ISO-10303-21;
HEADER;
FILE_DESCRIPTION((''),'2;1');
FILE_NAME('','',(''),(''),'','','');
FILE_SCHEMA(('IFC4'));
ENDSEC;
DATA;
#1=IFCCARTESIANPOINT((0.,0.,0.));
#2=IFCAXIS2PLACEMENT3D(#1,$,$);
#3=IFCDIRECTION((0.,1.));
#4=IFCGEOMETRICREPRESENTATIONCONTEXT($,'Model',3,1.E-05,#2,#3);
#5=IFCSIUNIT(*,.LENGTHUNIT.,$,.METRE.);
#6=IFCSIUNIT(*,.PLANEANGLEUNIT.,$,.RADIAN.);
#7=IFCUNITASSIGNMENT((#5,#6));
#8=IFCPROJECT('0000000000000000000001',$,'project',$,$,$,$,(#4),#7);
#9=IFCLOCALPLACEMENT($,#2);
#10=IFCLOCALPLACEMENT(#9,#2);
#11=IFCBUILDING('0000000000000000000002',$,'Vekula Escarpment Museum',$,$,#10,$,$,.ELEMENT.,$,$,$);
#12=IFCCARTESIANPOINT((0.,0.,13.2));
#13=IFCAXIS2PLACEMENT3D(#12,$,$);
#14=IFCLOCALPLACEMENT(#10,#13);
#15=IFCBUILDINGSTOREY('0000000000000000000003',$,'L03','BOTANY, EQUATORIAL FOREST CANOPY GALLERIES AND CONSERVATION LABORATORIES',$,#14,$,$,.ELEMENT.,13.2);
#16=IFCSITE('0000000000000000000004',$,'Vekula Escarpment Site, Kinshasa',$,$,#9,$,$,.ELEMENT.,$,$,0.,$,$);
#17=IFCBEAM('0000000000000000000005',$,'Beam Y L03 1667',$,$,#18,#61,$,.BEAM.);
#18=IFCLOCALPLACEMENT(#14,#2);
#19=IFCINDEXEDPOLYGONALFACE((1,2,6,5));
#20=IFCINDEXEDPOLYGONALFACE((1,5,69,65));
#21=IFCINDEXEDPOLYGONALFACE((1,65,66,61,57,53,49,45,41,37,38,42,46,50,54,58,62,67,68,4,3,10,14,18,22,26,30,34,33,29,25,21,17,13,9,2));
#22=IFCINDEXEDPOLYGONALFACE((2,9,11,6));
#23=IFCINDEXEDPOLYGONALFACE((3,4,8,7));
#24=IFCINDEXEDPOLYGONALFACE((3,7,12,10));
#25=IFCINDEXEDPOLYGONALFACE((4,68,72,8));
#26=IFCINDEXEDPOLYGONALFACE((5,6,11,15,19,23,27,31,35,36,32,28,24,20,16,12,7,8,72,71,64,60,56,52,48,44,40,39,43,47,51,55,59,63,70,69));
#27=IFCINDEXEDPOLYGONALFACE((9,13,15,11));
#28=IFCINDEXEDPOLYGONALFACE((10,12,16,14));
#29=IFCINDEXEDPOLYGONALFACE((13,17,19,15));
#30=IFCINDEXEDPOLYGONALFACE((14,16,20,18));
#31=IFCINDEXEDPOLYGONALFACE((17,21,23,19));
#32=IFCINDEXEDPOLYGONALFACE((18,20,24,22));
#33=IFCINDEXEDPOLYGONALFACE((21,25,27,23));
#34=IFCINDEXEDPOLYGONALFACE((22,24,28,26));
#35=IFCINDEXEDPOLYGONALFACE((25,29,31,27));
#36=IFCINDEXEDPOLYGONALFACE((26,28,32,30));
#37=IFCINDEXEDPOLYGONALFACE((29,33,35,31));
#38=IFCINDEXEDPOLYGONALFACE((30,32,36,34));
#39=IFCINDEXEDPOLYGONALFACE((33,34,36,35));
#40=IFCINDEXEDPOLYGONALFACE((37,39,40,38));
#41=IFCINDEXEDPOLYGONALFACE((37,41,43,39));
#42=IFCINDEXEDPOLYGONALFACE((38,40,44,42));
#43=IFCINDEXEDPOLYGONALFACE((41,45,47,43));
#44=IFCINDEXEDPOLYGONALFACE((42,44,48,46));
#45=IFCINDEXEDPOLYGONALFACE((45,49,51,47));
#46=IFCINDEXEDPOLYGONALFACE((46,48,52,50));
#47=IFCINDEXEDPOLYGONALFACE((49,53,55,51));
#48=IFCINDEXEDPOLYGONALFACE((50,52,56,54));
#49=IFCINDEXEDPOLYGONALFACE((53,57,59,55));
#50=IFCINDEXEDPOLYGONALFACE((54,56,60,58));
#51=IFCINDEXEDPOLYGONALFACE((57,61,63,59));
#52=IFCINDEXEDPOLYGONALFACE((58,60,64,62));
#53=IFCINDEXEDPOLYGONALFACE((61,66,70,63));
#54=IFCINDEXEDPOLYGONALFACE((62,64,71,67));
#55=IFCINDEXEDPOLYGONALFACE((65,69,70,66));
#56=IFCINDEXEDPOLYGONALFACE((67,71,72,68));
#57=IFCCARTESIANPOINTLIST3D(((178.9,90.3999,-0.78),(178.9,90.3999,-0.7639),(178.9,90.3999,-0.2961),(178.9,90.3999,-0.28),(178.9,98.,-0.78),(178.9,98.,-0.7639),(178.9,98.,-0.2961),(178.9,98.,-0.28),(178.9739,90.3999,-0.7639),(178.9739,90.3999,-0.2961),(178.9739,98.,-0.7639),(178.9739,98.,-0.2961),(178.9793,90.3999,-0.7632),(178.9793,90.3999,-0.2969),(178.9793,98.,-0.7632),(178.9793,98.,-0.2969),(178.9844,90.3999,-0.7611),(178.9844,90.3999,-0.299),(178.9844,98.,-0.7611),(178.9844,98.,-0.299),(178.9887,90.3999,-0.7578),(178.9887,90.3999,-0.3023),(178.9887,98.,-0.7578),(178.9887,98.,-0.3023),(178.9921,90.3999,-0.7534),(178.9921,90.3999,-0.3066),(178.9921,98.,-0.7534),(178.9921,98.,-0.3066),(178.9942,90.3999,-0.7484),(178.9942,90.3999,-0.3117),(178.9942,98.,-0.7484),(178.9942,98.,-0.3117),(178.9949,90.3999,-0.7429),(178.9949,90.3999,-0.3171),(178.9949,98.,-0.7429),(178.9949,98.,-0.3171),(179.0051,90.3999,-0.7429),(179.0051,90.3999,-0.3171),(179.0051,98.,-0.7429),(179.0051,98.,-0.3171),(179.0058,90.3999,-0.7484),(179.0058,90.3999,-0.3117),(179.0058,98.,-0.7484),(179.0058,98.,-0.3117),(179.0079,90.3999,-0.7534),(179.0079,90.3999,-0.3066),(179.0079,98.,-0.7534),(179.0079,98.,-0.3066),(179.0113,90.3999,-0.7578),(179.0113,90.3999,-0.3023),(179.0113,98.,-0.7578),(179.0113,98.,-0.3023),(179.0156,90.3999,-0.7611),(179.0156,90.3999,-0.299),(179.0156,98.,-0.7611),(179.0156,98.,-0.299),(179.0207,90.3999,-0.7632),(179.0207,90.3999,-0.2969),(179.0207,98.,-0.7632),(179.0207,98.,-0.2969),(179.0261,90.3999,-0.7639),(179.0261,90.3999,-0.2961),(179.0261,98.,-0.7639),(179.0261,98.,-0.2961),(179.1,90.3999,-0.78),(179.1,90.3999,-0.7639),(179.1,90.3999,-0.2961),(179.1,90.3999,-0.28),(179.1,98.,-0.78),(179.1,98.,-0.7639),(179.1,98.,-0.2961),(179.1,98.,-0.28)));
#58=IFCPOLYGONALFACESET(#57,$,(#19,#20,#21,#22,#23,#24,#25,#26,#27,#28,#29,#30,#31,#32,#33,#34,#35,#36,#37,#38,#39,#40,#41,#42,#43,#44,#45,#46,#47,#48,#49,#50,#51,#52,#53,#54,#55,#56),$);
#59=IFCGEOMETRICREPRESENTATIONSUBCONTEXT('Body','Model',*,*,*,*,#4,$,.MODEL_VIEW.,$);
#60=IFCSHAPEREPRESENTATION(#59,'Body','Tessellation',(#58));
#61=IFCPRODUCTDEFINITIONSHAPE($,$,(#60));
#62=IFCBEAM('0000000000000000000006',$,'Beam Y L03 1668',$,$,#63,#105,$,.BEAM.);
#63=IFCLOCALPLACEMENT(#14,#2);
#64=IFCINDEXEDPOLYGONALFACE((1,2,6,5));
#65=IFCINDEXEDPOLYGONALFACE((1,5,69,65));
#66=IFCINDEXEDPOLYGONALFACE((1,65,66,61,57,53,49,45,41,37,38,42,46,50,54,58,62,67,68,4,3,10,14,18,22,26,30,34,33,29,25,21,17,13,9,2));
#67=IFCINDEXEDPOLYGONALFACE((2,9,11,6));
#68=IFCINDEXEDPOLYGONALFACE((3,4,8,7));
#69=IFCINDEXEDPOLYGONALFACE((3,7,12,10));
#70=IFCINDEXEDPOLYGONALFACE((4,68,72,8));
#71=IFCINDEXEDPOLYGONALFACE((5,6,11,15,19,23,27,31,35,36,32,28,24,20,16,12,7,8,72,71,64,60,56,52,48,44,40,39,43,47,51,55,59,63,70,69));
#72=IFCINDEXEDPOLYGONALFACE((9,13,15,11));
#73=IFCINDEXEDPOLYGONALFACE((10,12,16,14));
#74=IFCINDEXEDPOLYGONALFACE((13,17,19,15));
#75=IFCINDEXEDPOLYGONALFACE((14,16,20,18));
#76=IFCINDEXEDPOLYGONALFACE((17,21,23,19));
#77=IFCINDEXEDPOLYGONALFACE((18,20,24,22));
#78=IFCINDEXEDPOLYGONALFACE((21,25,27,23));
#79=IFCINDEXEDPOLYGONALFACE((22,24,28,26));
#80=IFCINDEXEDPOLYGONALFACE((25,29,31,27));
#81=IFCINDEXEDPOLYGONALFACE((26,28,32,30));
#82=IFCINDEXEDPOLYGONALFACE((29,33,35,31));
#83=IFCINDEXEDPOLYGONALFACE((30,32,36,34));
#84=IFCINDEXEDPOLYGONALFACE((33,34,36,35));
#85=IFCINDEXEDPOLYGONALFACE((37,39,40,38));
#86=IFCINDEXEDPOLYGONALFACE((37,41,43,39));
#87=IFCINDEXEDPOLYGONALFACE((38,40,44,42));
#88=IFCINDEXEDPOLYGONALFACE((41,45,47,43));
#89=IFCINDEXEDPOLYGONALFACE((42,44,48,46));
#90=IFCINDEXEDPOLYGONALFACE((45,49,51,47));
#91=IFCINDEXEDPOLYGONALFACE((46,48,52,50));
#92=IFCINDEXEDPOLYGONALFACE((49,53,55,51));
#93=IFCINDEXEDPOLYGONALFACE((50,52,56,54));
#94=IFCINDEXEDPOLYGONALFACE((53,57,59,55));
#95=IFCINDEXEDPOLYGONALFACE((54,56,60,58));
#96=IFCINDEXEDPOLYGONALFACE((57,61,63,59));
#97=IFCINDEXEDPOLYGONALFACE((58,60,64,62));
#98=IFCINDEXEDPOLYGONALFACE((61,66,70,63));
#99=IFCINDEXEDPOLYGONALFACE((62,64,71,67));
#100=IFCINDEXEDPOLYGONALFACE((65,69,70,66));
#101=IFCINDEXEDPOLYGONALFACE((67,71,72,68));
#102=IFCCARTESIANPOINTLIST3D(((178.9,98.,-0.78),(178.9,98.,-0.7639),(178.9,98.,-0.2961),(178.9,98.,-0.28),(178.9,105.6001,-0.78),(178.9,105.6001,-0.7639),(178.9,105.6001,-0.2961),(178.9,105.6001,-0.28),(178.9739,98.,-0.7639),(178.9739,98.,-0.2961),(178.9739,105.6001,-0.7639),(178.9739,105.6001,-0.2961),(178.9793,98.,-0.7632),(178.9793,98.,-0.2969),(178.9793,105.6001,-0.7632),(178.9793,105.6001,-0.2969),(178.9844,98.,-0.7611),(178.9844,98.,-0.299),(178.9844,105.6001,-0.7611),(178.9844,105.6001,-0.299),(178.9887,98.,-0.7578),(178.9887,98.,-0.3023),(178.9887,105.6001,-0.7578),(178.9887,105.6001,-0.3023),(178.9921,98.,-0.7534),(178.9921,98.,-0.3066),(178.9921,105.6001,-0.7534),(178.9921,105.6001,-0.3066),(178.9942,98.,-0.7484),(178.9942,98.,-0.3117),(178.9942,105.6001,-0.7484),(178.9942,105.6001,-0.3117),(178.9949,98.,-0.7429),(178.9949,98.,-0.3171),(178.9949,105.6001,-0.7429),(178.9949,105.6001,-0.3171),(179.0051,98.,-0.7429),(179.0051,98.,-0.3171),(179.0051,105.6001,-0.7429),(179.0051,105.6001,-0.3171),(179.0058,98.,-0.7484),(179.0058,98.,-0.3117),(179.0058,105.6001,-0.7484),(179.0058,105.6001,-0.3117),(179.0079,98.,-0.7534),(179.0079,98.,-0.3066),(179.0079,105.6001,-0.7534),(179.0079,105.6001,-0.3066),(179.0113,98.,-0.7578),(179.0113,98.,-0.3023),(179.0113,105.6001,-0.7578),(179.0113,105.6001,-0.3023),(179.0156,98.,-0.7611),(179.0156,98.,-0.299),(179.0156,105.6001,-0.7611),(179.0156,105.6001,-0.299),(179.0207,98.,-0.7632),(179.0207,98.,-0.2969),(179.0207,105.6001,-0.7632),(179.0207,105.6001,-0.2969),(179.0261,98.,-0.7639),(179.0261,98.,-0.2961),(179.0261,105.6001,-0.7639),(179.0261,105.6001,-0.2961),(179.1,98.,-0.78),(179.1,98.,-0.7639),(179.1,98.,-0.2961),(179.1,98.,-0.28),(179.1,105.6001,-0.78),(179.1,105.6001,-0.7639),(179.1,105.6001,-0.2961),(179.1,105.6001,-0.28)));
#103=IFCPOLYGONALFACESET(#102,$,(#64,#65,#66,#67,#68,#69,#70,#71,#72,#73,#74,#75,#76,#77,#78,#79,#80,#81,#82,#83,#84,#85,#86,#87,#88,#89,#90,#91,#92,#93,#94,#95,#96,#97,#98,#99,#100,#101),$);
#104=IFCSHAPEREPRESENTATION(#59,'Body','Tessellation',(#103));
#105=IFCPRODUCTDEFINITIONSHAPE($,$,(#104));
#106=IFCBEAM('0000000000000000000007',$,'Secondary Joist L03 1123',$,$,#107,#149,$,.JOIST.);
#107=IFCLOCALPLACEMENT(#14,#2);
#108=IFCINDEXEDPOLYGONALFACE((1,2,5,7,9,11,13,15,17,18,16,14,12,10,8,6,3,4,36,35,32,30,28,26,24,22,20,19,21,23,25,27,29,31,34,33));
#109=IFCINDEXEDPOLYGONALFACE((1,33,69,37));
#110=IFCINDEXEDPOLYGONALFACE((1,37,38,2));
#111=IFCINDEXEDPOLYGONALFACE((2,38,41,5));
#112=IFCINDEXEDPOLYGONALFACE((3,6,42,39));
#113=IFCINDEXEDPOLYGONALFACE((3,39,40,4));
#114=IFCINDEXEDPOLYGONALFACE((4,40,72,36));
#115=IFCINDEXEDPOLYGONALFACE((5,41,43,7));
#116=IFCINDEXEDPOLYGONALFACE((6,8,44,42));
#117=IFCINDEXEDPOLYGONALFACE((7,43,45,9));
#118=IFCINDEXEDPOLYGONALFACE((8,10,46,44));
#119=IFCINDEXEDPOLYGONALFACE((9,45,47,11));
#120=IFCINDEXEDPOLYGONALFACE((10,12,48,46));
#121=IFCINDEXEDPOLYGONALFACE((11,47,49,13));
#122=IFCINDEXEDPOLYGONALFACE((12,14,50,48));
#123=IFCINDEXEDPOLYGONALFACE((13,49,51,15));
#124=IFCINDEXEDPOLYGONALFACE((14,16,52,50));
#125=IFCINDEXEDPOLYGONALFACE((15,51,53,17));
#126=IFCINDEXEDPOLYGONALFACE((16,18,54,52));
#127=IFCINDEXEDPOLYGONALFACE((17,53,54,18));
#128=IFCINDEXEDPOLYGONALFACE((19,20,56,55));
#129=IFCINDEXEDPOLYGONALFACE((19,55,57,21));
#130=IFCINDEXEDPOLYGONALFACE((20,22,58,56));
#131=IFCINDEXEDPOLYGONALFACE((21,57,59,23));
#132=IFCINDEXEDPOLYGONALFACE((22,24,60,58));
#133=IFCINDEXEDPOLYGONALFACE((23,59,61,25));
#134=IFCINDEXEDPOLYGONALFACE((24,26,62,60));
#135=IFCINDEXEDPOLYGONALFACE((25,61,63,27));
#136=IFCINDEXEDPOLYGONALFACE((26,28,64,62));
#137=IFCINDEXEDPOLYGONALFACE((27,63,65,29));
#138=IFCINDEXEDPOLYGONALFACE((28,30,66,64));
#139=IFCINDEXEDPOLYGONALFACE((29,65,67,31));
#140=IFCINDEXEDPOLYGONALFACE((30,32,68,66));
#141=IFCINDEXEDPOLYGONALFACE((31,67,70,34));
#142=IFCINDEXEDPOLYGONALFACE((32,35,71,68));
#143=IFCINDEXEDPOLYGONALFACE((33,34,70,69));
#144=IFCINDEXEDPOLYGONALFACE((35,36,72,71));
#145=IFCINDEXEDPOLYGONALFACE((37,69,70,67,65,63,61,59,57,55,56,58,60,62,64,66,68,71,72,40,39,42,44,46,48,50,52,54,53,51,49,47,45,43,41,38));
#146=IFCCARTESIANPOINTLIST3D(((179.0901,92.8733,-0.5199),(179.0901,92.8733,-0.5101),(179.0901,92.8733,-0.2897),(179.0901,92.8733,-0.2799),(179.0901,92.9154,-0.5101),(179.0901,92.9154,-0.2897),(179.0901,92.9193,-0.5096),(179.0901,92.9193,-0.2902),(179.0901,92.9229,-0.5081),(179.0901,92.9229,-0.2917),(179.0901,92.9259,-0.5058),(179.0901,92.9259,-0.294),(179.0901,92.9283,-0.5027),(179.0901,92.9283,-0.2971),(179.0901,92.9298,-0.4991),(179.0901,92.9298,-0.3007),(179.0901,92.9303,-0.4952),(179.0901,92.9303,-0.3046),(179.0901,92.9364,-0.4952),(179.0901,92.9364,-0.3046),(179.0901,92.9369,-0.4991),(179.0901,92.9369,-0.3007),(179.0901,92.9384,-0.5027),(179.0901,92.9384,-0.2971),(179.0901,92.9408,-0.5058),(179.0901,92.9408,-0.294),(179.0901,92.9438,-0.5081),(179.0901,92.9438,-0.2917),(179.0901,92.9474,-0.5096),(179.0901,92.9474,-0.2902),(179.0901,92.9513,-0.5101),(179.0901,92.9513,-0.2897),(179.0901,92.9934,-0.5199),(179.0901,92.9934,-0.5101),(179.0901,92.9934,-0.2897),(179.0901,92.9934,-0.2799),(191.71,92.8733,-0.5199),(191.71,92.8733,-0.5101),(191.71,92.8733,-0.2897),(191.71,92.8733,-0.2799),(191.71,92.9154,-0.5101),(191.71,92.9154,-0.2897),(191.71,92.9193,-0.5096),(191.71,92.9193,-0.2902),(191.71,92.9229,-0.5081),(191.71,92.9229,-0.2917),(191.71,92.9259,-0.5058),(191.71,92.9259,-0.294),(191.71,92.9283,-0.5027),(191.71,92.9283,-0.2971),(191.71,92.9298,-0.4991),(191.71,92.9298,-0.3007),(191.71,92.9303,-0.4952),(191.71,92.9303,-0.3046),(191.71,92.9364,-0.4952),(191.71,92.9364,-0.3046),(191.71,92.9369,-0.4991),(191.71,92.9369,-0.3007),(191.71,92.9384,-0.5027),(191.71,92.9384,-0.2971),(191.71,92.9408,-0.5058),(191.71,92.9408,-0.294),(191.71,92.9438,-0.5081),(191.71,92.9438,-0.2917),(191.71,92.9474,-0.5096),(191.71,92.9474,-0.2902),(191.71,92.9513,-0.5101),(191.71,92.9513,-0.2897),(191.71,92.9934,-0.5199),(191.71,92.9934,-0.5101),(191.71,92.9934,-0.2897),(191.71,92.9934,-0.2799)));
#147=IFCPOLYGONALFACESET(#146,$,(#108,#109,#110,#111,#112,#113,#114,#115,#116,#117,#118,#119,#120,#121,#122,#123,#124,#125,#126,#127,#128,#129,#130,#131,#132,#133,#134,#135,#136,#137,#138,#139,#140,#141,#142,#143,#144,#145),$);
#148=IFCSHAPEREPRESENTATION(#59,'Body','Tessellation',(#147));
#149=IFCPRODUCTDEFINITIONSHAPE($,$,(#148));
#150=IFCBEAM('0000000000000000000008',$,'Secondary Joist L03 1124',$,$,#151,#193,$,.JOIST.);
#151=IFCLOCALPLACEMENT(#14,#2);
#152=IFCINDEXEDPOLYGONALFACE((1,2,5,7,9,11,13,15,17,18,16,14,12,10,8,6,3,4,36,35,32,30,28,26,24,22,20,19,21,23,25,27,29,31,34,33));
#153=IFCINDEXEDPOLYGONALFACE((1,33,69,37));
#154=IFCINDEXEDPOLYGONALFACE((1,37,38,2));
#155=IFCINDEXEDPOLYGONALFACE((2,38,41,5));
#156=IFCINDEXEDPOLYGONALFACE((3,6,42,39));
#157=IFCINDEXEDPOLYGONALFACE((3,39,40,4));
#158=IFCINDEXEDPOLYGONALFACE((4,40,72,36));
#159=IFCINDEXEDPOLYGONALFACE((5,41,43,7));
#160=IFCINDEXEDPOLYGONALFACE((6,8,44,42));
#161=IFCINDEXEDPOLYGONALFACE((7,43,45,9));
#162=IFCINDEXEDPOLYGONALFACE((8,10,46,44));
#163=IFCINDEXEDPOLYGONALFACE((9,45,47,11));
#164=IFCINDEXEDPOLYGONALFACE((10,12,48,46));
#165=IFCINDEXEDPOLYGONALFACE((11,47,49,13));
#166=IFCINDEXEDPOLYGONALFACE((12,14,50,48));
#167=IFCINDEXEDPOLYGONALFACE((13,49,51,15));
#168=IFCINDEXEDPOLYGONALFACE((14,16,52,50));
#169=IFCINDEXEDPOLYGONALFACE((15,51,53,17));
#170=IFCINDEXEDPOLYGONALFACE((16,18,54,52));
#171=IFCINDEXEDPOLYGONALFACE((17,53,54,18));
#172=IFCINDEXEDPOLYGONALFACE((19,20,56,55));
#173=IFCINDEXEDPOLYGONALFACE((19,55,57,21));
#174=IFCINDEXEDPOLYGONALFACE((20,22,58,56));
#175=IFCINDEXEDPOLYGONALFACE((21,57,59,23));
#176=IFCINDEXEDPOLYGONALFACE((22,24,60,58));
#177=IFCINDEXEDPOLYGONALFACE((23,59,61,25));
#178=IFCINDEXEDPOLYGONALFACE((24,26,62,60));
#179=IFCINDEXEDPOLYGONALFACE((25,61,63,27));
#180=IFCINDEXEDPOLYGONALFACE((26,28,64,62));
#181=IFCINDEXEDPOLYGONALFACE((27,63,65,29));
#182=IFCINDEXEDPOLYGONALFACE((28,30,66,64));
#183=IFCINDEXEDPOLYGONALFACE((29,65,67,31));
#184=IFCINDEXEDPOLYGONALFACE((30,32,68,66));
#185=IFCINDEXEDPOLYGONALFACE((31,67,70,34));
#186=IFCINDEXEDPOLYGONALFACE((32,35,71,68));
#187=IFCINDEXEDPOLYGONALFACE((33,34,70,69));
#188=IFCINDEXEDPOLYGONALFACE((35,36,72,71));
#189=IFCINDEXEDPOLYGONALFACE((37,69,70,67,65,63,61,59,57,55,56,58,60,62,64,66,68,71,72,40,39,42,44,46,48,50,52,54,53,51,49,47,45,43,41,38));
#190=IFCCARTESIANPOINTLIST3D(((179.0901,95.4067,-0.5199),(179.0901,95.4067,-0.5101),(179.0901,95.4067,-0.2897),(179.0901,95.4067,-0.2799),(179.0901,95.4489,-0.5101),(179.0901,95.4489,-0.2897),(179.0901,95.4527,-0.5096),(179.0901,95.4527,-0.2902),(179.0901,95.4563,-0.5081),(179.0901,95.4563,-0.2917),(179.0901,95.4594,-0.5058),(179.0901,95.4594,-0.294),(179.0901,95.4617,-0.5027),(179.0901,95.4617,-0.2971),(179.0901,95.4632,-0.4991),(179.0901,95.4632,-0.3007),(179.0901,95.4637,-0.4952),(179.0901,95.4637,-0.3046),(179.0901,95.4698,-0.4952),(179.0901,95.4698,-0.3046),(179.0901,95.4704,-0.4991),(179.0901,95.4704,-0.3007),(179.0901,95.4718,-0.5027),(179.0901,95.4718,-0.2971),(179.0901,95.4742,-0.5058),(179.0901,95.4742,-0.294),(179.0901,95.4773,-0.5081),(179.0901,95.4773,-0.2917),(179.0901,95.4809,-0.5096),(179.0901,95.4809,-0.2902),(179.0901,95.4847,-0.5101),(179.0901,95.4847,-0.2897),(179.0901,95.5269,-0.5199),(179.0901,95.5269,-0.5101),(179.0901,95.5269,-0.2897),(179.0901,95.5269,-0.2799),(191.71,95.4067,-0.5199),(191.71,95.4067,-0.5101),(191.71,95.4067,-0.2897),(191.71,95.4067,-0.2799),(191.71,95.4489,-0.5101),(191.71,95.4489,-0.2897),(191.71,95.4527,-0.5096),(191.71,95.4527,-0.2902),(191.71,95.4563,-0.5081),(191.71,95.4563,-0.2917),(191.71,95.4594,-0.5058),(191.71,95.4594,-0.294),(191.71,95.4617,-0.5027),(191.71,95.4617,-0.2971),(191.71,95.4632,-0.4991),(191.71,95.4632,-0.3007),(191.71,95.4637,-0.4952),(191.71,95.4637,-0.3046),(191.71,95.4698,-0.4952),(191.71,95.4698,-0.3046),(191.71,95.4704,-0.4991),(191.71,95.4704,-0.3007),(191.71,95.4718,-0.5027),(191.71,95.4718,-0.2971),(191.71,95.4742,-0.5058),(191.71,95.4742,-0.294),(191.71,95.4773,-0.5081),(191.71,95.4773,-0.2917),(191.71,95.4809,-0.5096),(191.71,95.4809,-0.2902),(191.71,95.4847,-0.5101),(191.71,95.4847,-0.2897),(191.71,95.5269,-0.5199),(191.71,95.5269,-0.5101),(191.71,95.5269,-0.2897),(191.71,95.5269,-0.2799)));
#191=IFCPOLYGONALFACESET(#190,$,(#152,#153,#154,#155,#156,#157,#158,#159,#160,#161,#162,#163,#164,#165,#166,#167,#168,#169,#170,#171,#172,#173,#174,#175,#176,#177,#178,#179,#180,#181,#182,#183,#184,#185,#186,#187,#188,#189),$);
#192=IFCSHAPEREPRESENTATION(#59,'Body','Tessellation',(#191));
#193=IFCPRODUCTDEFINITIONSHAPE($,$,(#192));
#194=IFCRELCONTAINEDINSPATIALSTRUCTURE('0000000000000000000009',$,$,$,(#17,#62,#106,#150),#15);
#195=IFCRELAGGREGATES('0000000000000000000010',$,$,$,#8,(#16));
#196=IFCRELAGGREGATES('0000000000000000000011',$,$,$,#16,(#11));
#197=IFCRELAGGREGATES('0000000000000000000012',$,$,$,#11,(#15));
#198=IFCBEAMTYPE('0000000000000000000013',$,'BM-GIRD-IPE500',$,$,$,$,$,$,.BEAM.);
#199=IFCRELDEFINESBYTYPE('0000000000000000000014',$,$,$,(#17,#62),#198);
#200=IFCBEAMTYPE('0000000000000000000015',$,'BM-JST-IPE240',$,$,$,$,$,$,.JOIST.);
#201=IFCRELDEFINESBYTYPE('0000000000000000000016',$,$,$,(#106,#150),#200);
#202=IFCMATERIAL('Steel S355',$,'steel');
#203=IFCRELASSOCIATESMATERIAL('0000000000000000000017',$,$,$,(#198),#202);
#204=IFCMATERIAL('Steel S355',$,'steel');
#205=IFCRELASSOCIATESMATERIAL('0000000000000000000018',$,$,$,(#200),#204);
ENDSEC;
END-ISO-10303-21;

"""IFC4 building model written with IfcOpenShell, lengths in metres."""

from ifc_helpers import new_model, si_unit, direction, frame, origin, origin_2d, place, context, subcontext, project, spatial, i_section, extrude, material, material_profile, profile_set, type_object, element, save


model = new_model("IFC4")

# Units and contexts
model_context = context("Model", 3, precision=1e-05, world=origin(), true_north=direction((0.0, 1.0)))
body_context = subcontext(model_context, "Body", "Model", "MODEL_VIEW")
ifc_project = project(units=[si_unit("LENGTHUNIT", "METRE"), si_unit("PLANEANGLEUNIT", "RADIAN")], contexts=[model_context])

# Site, building, storey
site_placement = place(None, origin())
site = spatial("IfcSite", under=ifc_project, at=site_placement, Name="Vekula Escarpment Site, Kinshasa", CompositionType="ELEMENT", RefElevation=0.0)
building_placement = place(site_placement, origin())
building = spatial("IfcBuilding", under=site, at=building_placement, Name="Vekula Escarpment Museum", CompositionType="ELEMENT")
storey_placement = place(building_placement, frame((0.0, 0.0, 13.2)))
storey = spatial("IfcBuildingStorey", under=building, at=storey_placement, Name="L03", Description="BOTANY, EQUATORIAL FOREST CANOPY GALLERIES AND CONSERVATION LABORATORIES", CompositionType="ELEMENT", Elevation=13.2)

# Beams
ifc_material_1 = material(Name="Steel S355", Category="steel")
ifc_material_profile_1 = material_profile(ifc_material_1, i_section(OverallWidth=0.2, OverallDepth=0.5, WebThickness=0.0103, FlangeThickness=0.0161, FilletRadius=0.021, at=origin_2d()), Name="IPE 500")
ifc_profile_set_1 = profile_set([ifc_material_profile_1], Name="Steel S355")
beam_type_1 = type_object("IfcBeamType", Name="BM-GIRD-IPE500", PredefinedType="BEAM", material=ifc_profile_set_1)
for number, where, z_axis, x_axis, name in (
    (1, (179.0, 90.3999, -0.53), (0.0, 1.0, 0.0), (-1.0, 0.0, 0.0), "Beam Y L03 1667"),
    (2, (179.0, 98.0, -0.53), (0.0, 1.0, 0.0), (-1.0, 0.0, 0.0), "Beam Y L03 1668"),
):
    element("IfcBeam", number, at=place(storey_placement, frame(where, z_axis=z_axis, x_axis=x_axis)), inside=storey, type_object=beam_type_1, Name=name, PredefinedType="BEAM", context=body_context, shape_type="SweptSolid", body=[
        extrude(i_section(OverallWidth=0.2, OverallDepth=0.5, WebThickness=0.0103, FlangeThickness=0.0161, FilletRadius=0.021, at=origin_2d()), origin(), (0.0, 0.0, 1.0), 7.6001),
    ])
ifc_material_2 = material(Name="Steel S355", Category="steel")
ifc_material_profile_2 = material_profile(ifc_material_2, i_section(OverallWidth=0.1201, OverallDepth=0.24, WebThickness=0.0061, FlangeThickness=0.0098, FilletRadius=0.0149, at=origin_2d()), Name="IPE 240")
ifc_profile_set_2 = profile_set([ifc_material_profile_2], Name="Steel S355")
beam_type_2 = type_object("IfcBeamType", Name="BM-JST-IPE240", PredefinedType="JOIST", material=ifc_profile_set_2)
for number, where, z_axis, x_axis, name in (
    (3, (179.0901, 92.9333, -0.3999), (1.0, 0.0, 0.0), (0.0, 1.0, 0.0), "Secondary Joist L03 1123"),
    (4, (179.0901, 95.4668, -0.3999), (1.0, 0.0, 0.0), (0.0, 1.0, 0.0), "Secondary Joist L03 1124"),
):
    element("IfcBeam", number, at=place(storey_placement, frame(where, z_axis=z_axis, x_axis=x_axis)), inside=storey, type_object=beam_type_2, Name=name, PredefinedType="JOIST", context=body_context, shape_type="SweptSolid", body=[
        extrude(i_section(OverallWidth=0.1201, OverallDepth=0.24, WebThickness=0.0061, FlangeThickness=0.0098, FilletRadius=0.0149, at=origin_2d()), origin(), (0.0, 0.0, 1.0), 12.6199),
    ])

save(model, "model.ifc")
